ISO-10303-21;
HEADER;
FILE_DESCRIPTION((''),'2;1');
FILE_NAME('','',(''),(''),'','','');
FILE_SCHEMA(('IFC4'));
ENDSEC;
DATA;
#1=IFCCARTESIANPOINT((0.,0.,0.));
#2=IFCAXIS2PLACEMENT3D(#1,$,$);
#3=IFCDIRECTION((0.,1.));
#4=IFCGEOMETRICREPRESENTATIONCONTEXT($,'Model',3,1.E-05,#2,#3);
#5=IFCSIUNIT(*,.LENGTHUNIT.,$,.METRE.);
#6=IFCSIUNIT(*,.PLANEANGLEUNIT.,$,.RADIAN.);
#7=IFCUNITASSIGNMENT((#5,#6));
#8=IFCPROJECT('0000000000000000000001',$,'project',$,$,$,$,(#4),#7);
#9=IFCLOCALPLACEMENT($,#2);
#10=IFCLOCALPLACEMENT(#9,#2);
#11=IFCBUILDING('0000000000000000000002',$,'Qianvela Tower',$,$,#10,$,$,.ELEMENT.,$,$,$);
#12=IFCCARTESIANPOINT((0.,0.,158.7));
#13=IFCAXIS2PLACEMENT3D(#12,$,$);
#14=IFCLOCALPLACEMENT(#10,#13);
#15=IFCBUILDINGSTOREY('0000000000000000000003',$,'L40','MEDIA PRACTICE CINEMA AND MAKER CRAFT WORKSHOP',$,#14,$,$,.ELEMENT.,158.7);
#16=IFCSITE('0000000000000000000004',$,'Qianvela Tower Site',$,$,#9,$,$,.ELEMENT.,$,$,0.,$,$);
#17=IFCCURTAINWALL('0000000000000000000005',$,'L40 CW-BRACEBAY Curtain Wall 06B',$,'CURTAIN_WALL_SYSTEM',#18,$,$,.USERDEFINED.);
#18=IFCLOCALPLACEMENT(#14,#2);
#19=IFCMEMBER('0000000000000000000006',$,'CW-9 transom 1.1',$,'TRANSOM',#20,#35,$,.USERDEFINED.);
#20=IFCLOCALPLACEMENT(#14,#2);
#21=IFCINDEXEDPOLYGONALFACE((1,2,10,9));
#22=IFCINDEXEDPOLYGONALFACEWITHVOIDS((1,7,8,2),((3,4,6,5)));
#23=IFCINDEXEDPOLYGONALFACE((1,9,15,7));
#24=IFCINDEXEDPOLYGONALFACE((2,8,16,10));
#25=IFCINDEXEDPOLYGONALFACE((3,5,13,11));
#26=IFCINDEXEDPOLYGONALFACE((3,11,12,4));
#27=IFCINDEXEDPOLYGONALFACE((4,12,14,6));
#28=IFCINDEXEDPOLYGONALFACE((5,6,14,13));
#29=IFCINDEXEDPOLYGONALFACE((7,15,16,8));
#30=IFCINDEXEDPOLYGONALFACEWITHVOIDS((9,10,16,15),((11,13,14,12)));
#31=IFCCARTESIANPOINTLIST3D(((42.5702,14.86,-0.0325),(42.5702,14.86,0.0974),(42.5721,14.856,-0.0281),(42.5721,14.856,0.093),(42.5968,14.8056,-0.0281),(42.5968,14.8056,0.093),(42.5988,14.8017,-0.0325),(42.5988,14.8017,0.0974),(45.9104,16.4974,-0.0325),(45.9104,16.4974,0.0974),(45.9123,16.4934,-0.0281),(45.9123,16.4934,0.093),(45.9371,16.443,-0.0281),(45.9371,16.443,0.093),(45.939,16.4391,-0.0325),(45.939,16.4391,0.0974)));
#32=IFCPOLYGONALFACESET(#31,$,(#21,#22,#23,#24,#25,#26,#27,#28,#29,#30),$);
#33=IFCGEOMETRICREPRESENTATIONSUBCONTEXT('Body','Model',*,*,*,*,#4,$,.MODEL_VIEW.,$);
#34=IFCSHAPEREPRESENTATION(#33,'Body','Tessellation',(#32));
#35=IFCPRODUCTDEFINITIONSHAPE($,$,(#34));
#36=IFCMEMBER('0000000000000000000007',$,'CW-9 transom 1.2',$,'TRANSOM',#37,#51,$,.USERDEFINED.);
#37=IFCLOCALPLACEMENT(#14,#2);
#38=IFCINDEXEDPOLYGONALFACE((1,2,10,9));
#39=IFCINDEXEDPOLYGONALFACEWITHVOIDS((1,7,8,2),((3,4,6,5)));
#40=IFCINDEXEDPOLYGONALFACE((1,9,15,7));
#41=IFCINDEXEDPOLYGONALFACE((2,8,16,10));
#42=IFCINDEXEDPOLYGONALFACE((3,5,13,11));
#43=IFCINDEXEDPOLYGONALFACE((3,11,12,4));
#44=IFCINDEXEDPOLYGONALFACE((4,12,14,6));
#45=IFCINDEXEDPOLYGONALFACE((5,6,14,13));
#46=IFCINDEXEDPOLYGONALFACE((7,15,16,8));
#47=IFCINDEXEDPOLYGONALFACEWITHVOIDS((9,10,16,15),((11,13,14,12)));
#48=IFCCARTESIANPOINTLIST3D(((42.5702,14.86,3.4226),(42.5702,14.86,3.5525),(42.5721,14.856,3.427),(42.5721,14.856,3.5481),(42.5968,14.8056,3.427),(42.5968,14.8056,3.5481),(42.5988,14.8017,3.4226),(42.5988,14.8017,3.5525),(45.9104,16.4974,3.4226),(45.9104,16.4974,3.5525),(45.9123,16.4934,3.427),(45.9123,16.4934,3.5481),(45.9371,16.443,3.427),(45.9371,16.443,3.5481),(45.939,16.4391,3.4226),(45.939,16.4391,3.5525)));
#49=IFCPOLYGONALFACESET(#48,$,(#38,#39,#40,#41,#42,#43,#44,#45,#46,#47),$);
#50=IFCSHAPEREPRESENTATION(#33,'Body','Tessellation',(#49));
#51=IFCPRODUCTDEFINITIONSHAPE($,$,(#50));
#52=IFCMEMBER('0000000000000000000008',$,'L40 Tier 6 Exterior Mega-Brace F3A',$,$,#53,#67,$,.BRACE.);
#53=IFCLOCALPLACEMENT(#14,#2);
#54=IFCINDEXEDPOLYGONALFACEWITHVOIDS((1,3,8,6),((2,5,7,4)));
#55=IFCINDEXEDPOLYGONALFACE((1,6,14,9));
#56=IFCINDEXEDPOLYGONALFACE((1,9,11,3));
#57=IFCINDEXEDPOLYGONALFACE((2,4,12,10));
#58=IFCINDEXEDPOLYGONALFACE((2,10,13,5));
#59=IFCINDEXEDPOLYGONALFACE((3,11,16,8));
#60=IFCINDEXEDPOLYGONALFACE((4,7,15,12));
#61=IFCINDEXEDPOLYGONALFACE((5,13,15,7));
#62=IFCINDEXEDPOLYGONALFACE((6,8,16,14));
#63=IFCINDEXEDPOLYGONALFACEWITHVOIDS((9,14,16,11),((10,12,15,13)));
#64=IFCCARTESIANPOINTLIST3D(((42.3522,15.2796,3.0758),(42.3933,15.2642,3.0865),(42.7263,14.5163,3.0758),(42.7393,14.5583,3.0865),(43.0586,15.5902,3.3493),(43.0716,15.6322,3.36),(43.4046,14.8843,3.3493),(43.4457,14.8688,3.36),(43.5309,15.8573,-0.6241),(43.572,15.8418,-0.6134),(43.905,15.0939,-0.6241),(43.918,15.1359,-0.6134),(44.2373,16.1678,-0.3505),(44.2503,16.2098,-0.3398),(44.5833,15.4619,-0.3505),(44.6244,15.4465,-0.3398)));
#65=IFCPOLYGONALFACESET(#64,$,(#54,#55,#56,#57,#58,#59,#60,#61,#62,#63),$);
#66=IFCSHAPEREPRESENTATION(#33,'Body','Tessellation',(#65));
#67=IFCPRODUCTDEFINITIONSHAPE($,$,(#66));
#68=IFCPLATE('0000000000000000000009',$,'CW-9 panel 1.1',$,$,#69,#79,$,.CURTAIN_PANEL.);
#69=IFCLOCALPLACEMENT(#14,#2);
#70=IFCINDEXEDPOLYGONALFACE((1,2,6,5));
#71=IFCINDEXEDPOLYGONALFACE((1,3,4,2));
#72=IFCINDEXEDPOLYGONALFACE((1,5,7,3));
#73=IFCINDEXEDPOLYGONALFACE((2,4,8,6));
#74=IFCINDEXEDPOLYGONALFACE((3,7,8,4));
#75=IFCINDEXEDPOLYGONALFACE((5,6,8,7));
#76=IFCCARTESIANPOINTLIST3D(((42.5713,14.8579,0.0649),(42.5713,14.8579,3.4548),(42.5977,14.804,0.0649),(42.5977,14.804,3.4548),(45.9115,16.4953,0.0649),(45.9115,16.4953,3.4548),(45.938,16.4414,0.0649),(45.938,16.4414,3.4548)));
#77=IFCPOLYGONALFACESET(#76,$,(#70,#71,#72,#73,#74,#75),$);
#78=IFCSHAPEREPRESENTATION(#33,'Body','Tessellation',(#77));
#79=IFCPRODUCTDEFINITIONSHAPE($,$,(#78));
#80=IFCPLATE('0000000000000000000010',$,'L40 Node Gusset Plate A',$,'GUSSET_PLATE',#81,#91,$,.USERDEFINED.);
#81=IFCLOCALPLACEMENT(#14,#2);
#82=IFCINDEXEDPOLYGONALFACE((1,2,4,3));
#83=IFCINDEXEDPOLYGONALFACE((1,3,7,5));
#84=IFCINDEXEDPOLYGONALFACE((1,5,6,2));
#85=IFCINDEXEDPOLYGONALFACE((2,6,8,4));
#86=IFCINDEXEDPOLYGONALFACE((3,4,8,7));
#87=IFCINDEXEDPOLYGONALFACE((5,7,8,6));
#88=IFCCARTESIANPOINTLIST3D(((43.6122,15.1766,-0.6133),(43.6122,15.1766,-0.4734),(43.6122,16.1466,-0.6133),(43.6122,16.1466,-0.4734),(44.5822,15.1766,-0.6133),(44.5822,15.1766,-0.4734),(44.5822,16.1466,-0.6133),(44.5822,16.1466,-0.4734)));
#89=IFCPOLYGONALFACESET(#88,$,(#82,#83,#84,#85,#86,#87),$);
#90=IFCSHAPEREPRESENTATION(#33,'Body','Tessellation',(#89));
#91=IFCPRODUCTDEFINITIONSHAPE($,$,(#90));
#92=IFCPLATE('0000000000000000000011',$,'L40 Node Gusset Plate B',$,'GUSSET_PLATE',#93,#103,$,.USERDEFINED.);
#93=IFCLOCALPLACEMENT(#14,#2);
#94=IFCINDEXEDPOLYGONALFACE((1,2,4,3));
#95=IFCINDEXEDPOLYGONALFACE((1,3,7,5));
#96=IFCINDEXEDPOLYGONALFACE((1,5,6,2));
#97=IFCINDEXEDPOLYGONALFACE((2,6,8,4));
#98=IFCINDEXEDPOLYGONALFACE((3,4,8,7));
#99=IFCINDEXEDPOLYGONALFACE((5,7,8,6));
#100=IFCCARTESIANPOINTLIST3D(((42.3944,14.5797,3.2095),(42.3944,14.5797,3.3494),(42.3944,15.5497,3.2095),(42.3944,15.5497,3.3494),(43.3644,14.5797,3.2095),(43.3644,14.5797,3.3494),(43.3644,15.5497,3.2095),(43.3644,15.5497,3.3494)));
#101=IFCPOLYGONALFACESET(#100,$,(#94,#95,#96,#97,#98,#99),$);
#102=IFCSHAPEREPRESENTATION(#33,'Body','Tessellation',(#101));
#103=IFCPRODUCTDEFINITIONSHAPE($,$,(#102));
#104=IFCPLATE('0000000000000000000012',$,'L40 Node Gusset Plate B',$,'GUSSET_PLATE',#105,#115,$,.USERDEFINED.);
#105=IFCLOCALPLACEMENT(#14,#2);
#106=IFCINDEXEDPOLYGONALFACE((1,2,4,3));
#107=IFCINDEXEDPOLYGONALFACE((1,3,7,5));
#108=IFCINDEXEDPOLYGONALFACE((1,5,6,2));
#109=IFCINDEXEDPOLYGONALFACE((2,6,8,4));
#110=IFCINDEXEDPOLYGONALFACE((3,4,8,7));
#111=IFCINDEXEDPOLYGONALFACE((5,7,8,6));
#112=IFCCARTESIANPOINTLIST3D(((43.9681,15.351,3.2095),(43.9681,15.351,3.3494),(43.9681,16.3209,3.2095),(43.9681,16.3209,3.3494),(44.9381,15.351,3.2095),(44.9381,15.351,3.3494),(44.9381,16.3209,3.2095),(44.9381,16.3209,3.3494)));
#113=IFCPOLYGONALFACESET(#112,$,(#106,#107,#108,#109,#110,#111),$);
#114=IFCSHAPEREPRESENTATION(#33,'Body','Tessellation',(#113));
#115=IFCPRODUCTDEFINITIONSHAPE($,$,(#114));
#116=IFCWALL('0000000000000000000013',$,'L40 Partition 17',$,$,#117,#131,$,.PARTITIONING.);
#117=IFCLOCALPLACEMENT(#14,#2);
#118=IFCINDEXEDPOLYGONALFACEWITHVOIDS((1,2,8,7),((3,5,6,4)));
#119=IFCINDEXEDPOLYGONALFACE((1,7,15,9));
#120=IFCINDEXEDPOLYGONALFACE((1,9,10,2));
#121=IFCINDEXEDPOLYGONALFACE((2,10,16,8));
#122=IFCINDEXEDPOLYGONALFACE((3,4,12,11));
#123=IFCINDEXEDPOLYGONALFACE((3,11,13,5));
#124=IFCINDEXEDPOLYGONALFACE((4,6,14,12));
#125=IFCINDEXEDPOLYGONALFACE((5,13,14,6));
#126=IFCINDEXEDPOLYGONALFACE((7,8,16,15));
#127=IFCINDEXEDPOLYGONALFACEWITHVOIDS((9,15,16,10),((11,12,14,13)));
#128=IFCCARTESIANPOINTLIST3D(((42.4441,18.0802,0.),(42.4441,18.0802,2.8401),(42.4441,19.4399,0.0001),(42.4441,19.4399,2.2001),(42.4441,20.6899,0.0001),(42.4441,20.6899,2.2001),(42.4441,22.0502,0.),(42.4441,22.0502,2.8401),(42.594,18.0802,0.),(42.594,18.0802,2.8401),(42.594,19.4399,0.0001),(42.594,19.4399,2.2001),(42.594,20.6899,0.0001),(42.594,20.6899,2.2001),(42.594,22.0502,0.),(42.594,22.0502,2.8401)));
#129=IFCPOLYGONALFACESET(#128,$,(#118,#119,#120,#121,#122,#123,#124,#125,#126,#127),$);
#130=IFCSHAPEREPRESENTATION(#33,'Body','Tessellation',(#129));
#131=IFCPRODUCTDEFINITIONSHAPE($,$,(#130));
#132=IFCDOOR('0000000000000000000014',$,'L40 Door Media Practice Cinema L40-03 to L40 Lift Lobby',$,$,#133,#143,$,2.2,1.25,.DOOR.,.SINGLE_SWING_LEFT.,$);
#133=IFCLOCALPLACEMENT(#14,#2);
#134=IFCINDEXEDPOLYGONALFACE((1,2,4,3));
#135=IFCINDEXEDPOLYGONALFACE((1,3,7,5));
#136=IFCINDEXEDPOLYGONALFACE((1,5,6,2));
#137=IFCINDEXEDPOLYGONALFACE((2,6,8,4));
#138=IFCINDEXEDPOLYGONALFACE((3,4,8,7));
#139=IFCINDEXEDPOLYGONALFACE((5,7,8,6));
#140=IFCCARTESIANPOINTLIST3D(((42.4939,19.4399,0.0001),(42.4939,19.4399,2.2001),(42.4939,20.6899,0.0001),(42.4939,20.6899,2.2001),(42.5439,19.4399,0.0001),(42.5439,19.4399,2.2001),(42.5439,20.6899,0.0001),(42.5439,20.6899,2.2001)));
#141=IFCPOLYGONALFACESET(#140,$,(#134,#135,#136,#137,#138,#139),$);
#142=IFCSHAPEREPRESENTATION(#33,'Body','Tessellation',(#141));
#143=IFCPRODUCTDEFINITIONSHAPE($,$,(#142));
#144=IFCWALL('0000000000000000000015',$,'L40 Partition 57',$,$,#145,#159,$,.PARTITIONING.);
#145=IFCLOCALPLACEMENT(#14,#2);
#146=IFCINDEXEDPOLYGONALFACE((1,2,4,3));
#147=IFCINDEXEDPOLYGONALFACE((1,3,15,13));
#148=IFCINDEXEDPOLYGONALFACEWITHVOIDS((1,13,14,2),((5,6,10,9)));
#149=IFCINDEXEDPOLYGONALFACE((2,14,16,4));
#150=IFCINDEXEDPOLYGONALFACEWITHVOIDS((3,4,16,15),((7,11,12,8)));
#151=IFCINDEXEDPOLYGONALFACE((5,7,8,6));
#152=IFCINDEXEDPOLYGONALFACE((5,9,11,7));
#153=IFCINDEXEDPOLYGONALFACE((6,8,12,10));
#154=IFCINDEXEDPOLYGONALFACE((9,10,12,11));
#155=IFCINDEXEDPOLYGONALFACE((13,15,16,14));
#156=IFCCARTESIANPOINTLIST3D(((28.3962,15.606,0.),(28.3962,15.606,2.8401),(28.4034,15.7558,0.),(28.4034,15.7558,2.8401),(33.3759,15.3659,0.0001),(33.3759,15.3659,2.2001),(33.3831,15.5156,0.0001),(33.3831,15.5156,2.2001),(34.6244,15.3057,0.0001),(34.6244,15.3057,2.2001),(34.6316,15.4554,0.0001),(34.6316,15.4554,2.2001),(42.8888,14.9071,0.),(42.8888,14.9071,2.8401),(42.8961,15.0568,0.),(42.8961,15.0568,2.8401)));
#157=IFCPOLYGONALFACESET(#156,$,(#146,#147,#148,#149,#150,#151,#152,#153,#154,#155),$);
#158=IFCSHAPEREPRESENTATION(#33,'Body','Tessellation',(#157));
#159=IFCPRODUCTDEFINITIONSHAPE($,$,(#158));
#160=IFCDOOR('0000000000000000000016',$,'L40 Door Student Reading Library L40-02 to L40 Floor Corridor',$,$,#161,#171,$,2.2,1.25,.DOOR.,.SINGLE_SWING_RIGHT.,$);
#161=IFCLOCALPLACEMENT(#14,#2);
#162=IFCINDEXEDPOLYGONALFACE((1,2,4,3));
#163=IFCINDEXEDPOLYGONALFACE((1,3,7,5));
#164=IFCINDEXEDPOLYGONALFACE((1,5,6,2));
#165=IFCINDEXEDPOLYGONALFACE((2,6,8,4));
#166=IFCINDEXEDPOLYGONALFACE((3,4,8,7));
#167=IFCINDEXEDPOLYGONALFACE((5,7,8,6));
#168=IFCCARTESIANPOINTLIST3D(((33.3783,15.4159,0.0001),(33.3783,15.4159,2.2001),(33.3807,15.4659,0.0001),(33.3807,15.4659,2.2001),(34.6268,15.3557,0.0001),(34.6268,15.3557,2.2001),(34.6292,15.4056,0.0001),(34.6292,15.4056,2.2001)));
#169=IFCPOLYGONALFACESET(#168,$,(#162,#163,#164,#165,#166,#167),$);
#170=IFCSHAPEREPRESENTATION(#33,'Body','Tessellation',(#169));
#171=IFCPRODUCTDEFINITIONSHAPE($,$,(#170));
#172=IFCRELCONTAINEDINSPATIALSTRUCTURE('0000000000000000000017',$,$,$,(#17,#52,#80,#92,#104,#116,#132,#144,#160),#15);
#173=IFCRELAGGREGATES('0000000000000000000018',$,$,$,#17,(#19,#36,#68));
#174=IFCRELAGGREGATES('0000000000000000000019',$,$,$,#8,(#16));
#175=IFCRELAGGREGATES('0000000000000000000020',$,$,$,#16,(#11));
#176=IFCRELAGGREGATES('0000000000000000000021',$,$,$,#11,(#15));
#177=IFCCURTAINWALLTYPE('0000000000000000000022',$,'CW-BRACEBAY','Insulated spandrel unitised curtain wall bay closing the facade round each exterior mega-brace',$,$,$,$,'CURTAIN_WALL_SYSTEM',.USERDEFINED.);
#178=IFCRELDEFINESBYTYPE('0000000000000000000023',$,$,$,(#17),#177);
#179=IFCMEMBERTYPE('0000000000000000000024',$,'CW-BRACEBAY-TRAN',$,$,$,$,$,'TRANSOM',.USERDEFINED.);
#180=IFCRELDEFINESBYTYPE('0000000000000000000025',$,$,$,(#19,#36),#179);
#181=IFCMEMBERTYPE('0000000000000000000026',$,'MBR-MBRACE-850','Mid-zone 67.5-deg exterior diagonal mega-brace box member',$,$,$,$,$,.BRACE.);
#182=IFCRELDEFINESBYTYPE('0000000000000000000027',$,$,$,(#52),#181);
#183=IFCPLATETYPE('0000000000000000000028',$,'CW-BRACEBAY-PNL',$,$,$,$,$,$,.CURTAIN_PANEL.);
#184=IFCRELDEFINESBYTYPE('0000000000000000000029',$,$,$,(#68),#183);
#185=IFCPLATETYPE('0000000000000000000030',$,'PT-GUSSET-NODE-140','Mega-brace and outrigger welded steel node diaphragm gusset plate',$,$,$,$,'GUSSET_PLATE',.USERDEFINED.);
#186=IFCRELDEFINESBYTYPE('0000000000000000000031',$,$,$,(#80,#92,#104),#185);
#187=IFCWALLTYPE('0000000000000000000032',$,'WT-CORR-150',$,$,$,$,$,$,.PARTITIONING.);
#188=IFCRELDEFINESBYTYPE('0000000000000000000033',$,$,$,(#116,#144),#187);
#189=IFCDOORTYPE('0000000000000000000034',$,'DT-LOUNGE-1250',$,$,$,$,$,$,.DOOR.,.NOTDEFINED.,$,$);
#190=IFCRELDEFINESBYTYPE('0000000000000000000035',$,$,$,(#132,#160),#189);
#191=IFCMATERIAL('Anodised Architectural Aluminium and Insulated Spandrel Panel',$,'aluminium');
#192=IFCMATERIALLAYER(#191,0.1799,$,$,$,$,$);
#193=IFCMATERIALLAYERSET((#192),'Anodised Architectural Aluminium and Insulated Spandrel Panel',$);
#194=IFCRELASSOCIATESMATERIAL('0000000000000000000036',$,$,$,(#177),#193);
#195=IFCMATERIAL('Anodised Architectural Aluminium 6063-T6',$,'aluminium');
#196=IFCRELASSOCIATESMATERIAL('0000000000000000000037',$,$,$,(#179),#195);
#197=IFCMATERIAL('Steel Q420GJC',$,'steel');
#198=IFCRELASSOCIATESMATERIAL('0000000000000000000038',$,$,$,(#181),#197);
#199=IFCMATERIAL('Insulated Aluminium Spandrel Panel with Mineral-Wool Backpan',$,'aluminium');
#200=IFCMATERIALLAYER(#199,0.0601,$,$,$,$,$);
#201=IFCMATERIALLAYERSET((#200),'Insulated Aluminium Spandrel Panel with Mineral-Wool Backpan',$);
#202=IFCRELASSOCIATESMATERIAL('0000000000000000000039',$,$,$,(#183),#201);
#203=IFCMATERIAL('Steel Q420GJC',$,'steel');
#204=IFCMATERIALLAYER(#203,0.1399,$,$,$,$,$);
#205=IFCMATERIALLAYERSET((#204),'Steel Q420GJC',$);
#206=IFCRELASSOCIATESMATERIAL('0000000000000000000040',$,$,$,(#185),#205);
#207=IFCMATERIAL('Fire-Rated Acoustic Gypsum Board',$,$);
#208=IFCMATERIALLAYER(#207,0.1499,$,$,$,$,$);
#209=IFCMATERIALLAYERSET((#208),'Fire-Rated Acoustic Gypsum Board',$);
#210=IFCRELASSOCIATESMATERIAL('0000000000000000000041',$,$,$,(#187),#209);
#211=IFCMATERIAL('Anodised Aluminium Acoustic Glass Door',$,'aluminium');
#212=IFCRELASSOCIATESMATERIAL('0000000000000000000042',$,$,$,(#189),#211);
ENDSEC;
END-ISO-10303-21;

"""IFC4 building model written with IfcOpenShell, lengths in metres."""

from ifc_helpers import new_model, si_unit, direction, frame, frame_2d, origin, origin_2d, place, context, subcontext, project, spatial, rectangle, hollow_rectangle, extrude, material, layer, layer_set, material_profile, profile_set, type_object, element, fill, aggregate, save


model = new_model("IFC4")

# Units and contexts
model_context = context("Model", 3, precision=1e-05, world=origin(), true_north=direction((0.0, 1.0)))
body_context = subcontext(model_context, "Body", "Model", "MODEL_VIEW")
ifc_project = project(units=[si_unit("LENGTHUNIT", "METRE"), si_unit("PLANEANGLEUNIT", "RADIAN")], contexts=[model_context])

# Site, building, storey
site_placement = place(None, origin())
site = spatial("IfcSite", under=ifc_project, at=site_placement, Name="Qianvela Tower Site", CompositionType="ELEMENT", RefElevation=0.0)
building_placement = place(site_placement, origin())
building = spatial("IfcBuilding", under=site, at=building_placement, Name="Qianvela Tower", CompositionType="ELEMENT")
storey_placement = place(building_placement, frame((0.0, 0.0, 158.7)))
storey = spatial("IfcBuildingStorey", under=building, at=storey_placement, Name="L40", Description="MEDIA PRACTICE CINEMA AND MAKER CRAFT WORKSHOP", CompositionType="ELEMENT", Elevation=158.7)

# Curtain wall, members
ifc_material_1 = material(Name="Anodised Architectural Aluminium and Insulated Spandrel Panel", Category="aluminium")
ifc_layer_1 = layer(ifc_material_1, 0.1799)
ifc_layer_set_1 = layer_set([ifc_layer_1], Name="Anodised Architectural Aluminium and Insulated Spandrel Panel")
curtain_wall_type = type_object("IfcCurtainWallType", Name="CW-BRACEBAY", Description="Insulated spandrel unitised curtain wall bay closing the facade round each exterior mega-brace", ElementType="CURTAIN_WALL_SYSTEM", PredefinedType="USERDEFINED", material=ifc_layer_set_1)
curtain_wall_placement = place(storey_placement, origin())
curtain_wall = element("IfcCurtainWall", 1, at=curtain_wall_placement, inside=storey, type_object=curtain_wall_type, Name="L40 CW-BRACEBAY Curtain Wall 06B", ObjectType="CURTAIN_WALL_SYSTEM", PredefinedType="USERDEFINED")
ifc_material_2 = material(Name="Anodised Architectural Aluminium 6063-T6", Category="aluminium")
ifc_material_profile_1 = material_profile(ifc_material_2, hollow_rectangle(XDim=0.0649, YDim=0.1299, WallThickness=0.0044, at=origin_2d()), Name="ALU-TRAN-65x130")
ifc_profile_set_1 = profile_set([ifc_material_profile_1], Name="Anodised Architectural Aluminium 6063-T6")
member_type_1 = type_object("IfcMemberType", Name="CW-BRACEBAY-TRAN", ElementType="TRANSOM", PredefinedType="USERDEFINED", material=ifc_profile_set_1)
member_1_placement = place(storey_placement, frame((42.5845, 14.8308, 0.0325), z_axis=(0.897917, 0.440164, 0.0), x_axis=(-0.440164, 0.897917, 0.0)))
member_1 = element("IfcMember", 2, at=member_1_placement, type_object=member_type_1, Name="CW-9 transom 1.1", ObjectType="TRANSOM", PredefinedType="USERDEFINED", context=body_context, shape_type="SweptSolid", body=[
    extrude(hollow_rectangle(XDim=0.0649, YDim=0.1299, WallThickness=0.0044, at=origin_2d()), origin(), (0.0, 0.0, 1.0), 3.72),
])
member_2_placement = place(storey_placement, frame((42.5845, 14.8308, 3.4875), z_axis=(0.897917, 0.440164, 0.0), x_axis=(-0.440164, 0.897917, 0.0)))
member_2 = element("IfcMember", 3, at=member_2_placement, type_object=member_type_1, Name="CW-9 transom 1.2", ObjectType="TRANSOM", PredefinedType="USERDEFINED", context=body_context, shape_type="SweptSolid", body=[
    extrude(hollow_rectangle(XDim=0.0649, YDim=0.1299, WallThickness=0.0044, at=origin_2d()), origin(), (0.0, 0.0, 1.0), 3.72),
])

# Member
ifc_material_3 = material(Name="Steel Q420GJC", Category="steel")
ifc_material_profile_2 = material_profile(ifc_material_3, hollow_rectangle(XDim=0.8501, YDim=0.8501, WallThickness=0.032, at=origin_2d()), Name="MBOX-850x850x32")
ifc_profile_set_2 = profile_set([ifc_material_profile_2], Name="Steel Q420GJC")
member_type_2 = type_object("IfcMemberType", Name="MBR-MBRACE-850", Description="Mid-zone 67.5-deg exterior diagonal mega-brace box member", PredefinedType="BRACE", material=ifc_profile_set_2)
member_3_placement = place(storey_placement, frame((44.0776, 15.6519, -0.4819), z_axis=(-0.30024, -0.147135, 0.942447), x_axis=(0.440057, -0.89797, 0.0)))
element("IfcMember", 4, at=member_3_placement, inside=storey, type_object=member_type_2, Name="L40 Tier 6 Exterior Mega-Brace F3A", PredefinedType="BRACE", context=body_context, shape_type="SweptSolid", body=[
    extrude(hollow_rectangle(XDim=0.8501, YDim=0.8501, WallThickness=0.032, at=origin_2d()), origin(), (0.0, 0.0, 1.0), 3.9258),
])

# Plate
ifc_material_4 = material(Name="Insulated Aluminium Spandrel Panel with Mineral-Wool Backpan", Category="aluminium")
ifc_layer_2 = layer(ifc_material_4, 0.0601)
ifc_layer_set_2 = layer_set([ifc_layer_2], Name="Insulated Aluminium Spandrel Panel with Mineral-Wool Backpan")
plate_type_1 = type_object("IfcPlateType", Name="CW-BRACEBAY-PNL", PredefinedType="CURTAIN_PANEL", material=ifc_layer_set_2)
plate_placement = place(storey_placement, frame((44.2546, 15.6497, 0.0649), z_axis=(0.0, 0.0, 1.0), x_axis=(0.897922, 0.440156, 0.0)))
plate = element("IfcPlate", 5, at=plate_placement, type_object=plate_type_1, Name="CW-9 panel 1.1", PredefinedType="CURTAIN_PANEL", context=body_context, shape_type="SweptSolid", body=[
    extrude(rectangle(XDim=3.72, YDim=0.0601, at=origin_2d()), origin(), (0.0, 0.0, 1.0), 3.3899),
])
aggregate(curtain_wall, [member_1, member_2, plate])

# Plates
ifc_material_5 = material(Name="Steel Q420GJC", Category="steel")
ifc_layer_3 = layer(ifc_material_5, 0.1399)
ifc_layer_set_3 = layer_set([ifc_layer_3], Name="Steel Q420GJC")
plate_type_2 = type_object("IfcPlateType", Name="PT-GUSSET-NODE-140", Description="Mega-brace and outrigger welded steel node diaphragm gusset plate", ElementType="GUSSET_PLATE", PredefinedType="USERDEFINED", material=ifc_layer_set_3)
for number, where, z_axis, x_axis, name in (
    (6, (44.0972, 15.6616, -0.6133), (0.0, 0.0, 1.0), (1.0, 0.0, 0.0), "L40 Node Gusset Plate A"),
    (7, (42.8794, 15.0647, 3.2095), (0.0, 0.0, 1.0), (1.0, 0.0, 0.0), "L40 Node Gusset Plate B"),
    (8, (44.4531, 15.8359, 3.2095), (0.0, 0.0, 1.0), (1.0, 0.0, 0.0), "L40 Node Gusset Plate B"),
):
    element("IfcPlate", number, at=place(storey_placement, frame(where, z_axis=z_axis, x_axis=x_axis)), inside=storey, type_object=plate_type_2, Name=name, ObjectType="GUSSET_PLATE", PredefinedType="USERDEFINED", context=body_context, shape_type="SweptSolid", body=[
        extrude(rectangle(XDim=0.97, YDim=0.97, at=origin_2d()), origin(), (0.0, 0.0, 1.0), 0.1399),
    ])

# Walls, openings, doors
ifc_material_6 = material(Name="Fire-Rated Acoustic Gypsum Board")
ifc_layer_4 = layer(ifc_material_6, 0.1499)
ifc_layer_set_4 = layer_set([ifc_layer_4], Name="Fire-Rated Acoustic Gypsum Board")
wall_type_1 = type_object("IfcWallType", Name="WT-CORR-150", PredefinedType="PARTITIONING", material=ifc_layer_set_4)
wall_1_placement = place(storey_placement, frame((42.519, 22.05, 0.0), z_axis=(0.0, 0.0, 1.0), x_axis=(0.0, -1.0, 0.0)))
wall_1 = element("IfcWall", 9, at=wall_1_placement, inside=storey, type_object=wall_type_1, Name="L40 Partition 17", PredefinedType="PARTITIONING", context=body_context, shape_type="SweptSolid", body=[
    extrude(rectangle(XDim=3.97, YDim=0.1499, at=frame_2d((1.9849, 0.0))), origin(), (0.0, 0.0, 1.0), 2.8401),
])
opening_1_placement = place(wall_1_placement, frame((1.3601, 0.0, 0.0)))
opening_1 = element("IfcOpeningElement", 10, at=opening_1_placement, cuts=wall_1, PredefinedType="OPENING", context=body_context, shape_type="SweptSolid", body=[
    extrude(rectangle(XDim=1.25, YDim=2.2, at=frame_2d((0.625, 1.1001))), frame((0.0, 0.085, 0.0), z_axis=(0.0, -1.0, 0.0), x_axis=(1.0, 0.0, 0.0)), (0.0, 0.0, 1.0), 0.1699),
])
ifc_material_7 = material(Name="Anodised Aluminium Acoustic Glass Door", Category="aluminium")
door_type_1 = type_object("IfcDoorType", Name="DT-LOUNGE-1250", OperationType="NOTDEFINED", PredefinedType="DOOR", material=ifc_material_7)
door_1_placement = place(opening_1_placement, origin())
door_1 = element("IfcDoor", 11, at=door_1_placement, inside=storey, type_object=door_type_1, Name="L40 Door Media Practice Cinema L40-03 to L40 Lift Lobby", OperationType="SINGLE_SWING_LEFT", OverallHeight=2.2, OverallWidth=1.25, PredefinedType="DOOR", context=body_context, shape_type="SweptSolid", body=[
    extrude(rectangle(XDim=1.25, YDim=2.2, at=frame_2d((0.625, 1.1001))), frame((0.0, 0.0249, 0.0), z_axis=(0.0, -1.0, 0.0), x_axis=(1.0, 0.0, 0.0)), (0.0, 0.0, 1.0), 0.05),
])
fill(opening_1, door_1)
wall_2_placement = place(storey_placement, frame((42.8926, 14.9819, 0.0), z_axis=(0.0, 0.0, 1.0), x_axis=(-0.998839, 0.048174, 0.0)))
wall_2 = element("IfcWall", 12, at=wall_2_placement, inside=storey, type_object=wall_type_1, Name="L40 Partition 57", PredefinedType="PARTITIONING", context=body_context, shape_type="SweptSolid", body=[
    extrude(rectangle(XDim=14.5095, YDim=0.1499, at=frame_2d((7.2549, 0.0))), origin(), (0.0, 0.0, 1.0), 2.8401),
])
opening_2_placement = place(wall_2_placement, frame((8.2742, 0.0, 0.0)))
opening_2 = element("IfcOpeningElement", 13, at=opening_2_placement, cuts=wall_2, PredefinedType="OPENING", context=body_context, shape_type="SweptSolid", body=[
    extrude(rectangle(XDim=1.25, YDim=2.2, at=frame_2d((0.625, 1.1001))), frame((0.0, 0.085, 0.0), z_axis=(0.0, -1.0, 0.0), x_axis=(1.0, 0.0, 0.0)), (0.0, 0.0, 1.0), 0.1699),
])
door_2_placement = place(opening_2_placement, origin())
door_2 = element("IfcDoor", 14, at=door_2_placement, inside=storey, type_object=door_type_1, Name="L40 Door Student Reading Library L40-02 to L40 Floor Corridor", OperationType="SINGLE_SWING_RIGHT", OverallHeight=2.2, OverallWidth=1.25, PredefinedType="DOOR", context=body_context, shape_type="SweptSolid", body=[
    extrude(rectangle(XDim=1.25, YDim=2.2, at=frame_2d((0.625, 1.1001))), frame((0.0, 0.0249, 0.0), z_axis=(0.0, -1.0, 0.0), x_axis=(1.0, 0.0, 0.0)), (0.0, 0.0, 1.0), 0.05),
])
fill(opening_2, door_2)

save(model, "model.ifc")
